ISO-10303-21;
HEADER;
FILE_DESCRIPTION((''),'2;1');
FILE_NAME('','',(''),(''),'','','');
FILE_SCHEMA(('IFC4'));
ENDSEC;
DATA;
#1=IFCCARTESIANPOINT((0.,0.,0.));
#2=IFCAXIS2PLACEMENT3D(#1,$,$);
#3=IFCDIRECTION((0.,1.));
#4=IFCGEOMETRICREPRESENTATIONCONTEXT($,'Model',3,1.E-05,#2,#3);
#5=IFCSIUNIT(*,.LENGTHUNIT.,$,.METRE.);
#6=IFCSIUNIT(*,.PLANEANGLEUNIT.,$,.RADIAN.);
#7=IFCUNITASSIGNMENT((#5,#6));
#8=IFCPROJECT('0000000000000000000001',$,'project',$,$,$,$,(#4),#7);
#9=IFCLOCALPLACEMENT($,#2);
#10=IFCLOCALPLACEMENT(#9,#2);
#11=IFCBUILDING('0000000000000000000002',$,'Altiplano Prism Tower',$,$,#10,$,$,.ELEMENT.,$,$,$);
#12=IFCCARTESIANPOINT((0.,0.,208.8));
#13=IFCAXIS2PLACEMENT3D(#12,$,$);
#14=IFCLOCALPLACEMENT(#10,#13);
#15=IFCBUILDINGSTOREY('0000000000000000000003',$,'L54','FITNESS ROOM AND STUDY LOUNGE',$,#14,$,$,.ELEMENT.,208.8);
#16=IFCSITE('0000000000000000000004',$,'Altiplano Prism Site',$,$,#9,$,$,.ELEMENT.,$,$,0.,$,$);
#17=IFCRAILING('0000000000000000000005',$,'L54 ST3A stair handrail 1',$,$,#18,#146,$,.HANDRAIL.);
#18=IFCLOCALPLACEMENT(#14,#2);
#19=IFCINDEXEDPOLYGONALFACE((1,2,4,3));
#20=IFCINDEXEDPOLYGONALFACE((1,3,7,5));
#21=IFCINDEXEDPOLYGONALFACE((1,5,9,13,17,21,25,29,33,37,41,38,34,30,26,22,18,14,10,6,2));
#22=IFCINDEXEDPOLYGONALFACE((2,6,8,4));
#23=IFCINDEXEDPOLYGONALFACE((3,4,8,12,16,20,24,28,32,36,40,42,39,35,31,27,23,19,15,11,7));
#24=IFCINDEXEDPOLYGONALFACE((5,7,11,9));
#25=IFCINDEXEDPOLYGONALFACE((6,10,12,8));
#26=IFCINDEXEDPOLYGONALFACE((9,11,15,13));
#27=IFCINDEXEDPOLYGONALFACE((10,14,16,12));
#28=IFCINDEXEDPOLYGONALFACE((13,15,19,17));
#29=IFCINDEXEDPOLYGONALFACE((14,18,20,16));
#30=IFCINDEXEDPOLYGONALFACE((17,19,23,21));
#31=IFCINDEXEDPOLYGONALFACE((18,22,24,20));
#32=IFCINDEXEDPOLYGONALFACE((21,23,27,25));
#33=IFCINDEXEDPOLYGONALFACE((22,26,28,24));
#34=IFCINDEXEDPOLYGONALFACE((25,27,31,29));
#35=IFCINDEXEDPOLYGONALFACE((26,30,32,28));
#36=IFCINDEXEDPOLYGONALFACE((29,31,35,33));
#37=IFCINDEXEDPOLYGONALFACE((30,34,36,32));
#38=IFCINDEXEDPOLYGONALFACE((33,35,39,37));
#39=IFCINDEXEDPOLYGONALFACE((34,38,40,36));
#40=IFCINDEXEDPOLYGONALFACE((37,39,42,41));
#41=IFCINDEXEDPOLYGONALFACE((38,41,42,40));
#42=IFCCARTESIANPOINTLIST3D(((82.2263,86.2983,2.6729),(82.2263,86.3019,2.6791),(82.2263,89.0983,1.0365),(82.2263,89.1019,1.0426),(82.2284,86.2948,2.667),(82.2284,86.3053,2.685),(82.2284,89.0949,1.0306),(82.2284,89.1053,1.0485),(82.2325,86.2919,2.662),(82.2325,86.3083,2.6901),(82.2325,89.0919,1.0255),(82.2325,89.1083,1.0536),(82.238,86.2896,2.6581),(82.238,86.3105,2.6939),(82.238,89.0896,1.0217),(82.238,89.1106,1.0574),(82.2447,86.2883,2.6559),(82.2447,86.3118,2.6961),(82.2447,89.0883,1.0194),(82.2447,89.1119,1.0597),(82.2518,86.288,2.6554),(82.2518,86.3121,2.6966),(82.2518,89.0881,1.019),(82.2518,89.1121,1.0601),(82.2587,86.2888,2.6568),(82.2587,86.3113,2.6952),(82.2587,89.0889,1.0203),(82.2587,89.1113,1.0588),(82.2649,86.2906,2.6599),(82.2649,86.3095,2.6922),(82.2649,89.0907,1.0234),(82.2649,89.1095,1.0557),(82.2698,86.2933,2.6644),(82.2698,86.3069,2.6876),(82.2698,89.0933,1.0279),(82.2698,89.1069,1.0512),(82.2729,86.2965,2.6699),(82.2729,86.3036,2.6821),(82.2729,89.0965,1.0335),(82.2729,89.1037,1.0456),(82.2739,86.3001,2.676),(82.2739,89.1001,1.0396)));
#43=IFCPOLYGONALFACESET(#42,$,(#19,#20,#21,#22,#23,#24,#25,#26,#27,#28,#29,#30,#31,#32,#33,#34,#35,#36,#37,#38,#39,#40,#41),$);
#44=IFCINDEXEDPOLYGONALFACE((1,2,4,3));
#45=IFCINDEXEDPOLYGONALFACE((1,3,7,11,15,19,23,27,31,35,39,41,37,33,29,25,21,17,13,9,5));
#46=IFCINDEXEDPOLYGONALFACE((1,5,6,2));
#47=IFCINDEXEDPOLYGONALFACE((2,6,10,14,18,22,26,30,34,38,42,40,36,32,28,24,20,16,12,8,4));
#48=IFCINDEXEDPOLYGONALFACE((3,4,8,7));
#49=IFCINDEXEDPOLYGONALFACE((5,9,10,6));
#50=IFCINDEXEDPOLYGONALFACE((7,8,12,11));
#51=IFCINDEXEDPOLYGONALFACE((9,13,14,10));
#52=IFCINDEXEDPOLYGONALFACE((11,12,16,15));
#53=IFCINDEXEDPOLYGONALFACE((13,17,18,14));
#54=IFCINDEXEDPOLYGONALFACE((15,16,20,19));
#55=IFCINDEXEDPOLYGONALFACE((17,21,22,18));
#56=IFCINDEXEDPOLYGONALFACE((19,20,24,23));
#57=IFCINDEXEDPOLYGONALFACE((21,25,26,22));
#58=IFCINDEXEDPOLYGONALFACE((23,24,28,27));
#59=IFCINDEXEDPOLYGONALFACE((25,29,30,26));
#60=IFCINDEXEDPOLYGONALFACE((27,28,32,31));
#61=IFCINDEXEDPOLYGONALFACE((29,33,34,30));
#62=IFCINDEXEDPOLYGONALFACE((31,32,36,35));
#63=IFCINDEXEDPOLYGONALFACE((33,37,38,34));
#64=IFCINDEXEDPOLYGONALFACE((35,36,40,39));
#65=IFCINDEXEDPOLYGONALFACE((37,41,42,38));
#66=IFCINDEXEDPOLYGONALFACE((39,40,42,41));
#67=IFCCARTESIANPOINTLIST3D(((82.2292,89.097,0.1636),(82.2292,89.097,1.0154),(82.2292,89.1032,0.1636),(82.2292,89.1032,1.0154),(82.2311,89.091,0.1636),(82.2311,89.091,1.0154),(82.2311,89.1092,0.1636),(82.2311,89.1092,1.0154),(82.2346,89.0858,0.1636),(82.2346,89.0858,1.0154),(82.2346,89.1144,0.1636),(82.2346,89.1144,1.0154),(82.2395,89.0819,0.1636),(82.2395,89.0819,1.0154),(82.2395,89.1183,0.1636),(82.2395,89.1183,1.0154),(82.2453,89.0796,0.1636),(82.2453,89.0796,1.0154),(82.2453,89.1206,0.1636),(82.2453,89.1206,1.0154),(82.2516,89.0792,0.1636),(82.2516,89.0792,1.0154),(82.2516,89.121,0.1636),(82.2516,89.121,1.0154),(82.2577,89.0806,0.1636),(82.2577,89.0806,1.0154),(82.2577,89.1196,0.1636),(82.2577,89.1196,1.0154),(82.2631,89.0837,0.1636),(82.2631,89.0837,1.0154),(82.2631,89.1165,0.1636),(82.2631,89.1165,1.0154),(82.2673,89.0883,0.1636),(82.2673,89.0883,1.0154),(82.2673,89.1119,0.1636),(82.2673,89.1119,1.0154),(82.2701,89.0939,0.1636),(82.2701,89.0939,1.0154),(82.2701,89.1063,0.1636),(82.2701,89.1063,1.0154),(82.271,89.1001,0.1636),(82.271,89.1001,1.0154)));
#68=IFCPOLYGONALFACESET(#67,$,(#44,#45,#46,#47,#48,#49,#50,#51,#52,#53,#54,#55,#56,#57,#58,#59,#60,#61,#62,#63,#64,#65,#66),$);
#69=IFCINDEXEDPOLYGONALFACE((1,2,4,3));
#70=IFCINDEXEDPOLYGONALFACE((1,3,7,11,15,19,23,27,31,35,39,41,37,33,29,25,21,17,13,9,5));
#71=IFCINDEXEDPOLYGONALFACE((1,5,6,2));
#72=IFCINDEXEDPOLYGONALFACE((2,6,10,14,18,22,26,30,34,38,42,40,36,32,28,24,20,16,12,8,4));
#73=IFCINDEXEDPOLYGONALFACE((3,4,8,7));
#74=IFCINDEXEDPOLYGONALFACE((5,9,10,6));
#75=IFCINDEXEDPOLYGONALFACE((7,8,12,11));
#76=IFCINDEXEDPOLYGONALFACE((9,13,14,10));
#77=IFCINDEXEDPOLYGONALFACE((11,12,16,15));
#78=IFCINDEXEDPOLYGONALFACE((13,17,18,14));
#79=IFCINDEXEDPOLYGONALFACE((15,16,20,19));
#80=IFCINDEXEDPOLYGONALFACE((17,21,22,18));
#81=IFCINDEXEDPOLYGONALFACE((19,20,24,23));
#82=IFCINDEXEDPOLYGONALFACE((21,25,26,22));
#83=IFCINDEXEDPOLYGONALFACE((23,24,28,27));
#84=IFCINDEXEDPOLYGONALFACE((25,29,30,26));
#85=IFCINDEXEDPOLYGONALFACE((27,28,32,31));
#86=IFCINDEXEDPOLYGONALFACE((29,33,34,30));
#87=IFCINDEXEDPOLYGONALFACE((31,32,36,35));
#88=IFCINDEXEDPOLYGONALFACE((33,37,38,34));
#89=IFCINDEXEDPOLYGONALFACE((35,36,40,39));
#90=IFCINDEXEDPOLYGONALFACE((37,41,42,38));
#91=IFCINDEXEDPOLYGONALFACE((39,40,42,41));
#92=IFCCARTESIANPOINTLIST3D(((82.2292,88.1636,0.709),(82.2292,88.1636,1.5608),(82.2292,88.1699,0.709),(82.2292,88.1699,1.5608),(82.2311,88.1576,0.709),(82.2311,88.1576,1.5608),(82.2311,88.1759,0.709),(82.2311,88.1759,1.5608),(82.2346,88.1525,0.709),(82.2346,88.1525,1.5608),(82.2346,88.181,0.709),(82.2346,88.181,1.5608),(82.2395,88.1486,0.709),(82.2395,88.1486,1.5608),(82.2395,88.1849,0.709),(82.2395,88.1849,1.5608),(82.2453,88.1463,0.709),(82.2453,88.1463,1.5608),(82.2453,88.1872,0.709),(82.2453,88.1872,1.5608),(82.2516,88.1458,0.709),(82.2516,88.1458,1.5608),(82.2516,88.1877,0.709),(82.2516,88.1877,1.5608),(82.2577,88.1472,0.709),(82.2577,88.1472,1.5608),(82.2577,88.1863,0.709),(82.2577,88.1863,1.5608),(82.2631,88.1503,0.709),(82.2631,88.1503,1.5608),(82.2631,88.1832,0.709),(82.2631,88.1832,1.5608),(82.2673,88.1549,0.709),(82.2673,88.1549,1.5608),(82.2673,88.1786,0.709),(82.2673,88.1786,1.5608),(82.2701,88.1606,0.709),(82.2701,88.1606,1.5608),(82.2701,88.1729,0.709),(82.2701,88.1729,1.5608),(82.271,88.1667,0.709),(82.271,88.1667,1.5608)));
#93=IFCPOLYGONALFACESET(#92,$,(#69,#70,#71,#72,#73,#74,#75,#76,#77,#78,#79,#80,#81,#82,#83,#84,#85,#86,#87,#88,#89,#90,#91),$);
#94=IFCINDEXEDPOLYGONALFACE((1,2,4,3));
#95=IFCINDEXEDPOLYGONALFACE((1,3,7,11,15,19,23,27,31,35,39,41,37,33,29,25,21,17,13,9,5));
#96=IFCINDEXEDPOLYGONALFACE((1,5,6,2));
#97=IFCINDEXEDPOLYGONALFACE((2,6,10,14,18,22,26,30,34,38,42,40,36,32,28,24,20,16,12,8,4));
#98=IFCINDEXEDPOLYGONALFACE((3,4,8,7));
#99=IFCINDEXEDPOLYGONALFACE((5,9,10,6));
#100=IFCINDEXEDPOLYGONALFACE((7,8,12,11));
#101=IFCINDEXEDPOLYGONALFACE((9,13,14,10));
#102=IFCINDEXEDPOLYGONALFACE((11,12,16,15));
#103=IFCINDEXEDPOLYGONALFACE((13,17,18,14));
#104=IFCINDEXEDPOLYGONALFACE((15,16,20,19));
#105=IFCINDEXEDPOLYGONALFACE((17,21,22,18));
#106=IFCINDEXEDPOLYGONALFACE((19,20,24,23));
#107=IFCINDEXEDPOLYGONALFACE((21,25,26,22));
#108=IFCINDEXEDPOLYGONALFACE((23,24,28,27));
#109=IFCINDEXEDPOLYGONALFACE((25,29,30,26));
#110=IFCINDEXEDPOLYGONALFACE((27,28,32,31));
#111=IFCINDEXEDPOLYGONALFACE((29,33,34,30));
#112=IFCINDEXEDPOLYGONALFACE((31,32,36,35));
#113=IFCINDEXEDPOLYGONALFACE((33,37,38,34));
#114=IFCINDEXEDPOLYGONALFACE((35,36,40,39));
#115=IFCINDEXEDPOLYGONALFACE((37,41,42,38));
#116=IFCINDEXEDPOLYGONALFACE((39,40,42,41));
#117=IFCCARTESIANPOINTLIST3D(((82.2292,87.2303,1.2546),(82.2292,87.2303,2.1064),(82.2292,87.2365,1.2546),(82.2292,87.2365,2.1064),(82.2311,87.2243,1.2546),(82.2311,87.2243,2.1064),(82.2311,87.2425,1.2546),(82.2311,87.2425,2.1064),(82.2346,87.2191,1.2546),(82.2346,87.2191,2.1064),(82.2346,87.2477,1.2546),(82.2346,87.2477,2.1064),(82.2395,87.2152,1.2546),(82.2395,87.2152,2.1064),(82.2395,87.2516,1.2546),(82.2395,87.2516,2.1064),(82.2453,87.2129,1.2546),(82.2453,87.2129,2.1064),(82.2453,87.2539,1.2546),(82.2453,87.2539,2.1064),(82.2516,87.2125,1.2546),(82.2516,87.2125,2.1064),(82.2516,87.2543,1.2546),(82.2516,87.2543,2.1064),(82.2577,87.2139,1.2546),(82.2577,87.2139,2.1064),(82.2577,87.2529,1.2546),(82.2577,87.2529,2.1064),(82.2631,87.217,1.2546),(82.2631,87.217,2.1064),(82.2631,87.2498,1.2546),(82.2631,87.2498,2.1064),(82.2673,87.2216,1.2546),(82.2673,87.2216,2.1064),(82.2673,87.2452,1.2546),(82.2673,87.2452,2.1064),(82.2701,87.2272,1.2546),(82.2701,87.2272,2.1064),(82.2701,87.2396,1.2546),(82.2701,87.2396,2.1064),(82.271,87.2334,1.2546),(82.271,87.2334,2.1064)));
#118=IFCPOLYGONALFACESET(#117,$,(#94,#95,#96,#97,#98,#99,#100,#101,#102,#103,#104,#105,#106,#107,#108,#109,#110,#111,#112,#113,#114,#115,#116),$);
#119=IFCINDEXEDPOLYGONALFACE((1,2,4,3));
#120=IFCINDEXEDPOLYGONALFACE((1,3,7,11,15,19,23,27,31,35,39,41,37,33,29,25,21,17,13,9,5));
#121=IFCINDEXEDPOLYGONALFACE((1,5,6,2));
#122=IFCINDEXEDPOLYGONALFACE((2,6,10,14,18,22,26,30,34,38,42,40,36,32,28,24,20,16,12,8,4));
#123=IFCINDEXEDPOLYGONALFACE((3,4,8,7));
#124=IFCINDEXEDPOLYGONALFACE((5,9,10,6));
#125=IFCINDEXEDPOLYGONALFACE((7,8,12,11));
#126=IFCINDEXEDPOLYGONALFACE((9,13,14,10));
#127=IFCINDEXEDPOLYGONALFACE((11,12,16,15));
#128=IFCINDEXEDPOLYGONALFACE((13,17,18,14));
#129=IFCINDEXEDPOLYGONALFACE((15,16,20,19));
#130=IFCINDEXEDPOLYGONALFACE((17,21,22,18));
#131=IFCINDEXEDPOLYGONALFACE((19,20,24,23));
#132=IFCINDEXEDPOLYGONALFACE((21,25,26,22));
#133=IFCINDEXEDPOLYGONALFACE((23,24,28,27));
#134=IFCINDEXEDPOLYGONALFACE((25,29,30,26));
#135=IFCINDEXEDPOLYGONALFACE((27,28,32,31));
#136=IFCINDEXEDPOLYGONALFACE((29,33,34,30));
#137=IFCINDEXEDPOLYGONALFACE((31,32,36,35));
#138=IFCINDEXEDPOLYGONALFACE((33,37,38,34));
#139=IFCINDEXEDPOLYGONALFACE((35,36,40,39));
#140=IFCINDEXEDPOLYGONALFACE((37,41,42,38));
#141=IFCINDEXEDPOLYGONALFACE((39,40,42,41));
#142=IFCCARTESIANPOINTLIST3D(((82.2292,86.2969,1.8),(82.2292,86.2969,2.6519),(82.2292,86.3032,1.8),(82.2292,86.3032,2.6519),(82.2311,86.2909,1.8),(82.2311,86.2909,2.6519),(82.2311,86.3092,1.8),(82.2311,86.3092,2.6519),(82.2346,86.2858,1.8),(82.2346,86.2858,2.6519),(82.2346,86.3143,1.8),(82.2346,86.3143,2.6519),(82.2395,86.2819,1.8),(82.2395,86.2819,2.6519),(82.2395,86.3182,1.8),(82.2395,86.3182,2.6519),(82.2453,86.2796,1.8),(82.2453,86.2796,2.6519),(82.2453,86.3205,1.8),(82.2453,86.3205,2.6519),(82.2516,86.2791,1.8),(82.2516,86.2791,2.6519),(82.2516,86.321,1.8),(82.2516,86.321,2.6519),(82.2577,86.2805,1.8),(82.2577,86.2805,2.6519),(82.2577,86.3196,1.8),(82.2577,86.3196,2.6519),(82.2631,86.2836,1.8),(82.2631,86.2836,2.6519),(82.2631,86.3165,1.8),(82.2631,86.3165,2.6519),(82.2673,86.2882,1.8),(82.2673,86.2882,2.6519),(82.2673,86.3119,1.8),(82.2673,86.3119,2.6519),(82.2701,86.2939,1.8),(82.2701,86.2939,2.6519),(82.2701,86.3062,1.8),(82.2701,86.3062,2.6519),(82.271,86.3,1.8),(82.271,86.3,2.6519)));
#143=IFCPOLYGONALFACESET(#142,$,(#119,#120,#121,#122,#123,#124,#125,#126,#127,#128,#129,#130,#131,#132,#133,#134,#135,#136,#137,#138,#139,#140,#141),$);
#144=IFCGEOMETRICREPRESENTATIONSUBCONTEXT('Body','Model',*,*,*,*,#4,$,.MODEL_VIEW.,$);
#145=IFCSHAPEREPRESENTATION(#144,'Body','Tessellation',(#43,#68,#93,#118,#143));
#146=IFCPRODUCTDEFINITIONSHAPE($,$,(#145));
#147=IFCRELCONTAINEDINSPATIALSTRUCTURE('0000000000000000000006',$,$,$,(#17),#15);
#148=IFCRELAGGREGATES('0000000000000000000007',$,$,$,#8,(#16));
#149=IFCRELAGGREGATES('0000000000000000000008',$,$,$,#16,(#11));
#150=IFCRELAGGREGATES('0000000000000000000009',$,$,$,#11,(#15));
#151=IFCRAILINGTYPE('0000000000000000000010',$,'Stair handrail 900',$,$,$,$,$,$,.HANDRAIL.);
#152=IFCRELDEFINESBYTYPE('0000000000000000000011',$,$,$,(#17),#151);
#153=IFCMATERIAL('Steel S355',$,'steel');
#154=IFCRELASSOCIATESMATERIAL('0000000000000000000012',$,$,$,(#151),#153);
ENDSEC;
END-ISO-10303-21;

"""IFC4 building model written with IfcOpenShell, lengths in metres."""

from ifc_helpers import new_model, si_unit, direction, frame, origin, origin_2d, place, context, subcontext, project, spatial, circle, extrude, material, type_object, element, save


model = new_model("IFC4")

# Units and contexts
model_context = context("Model", 3, precision=1e-05, world=origin(), true_north=direction((0.0, 1.0)))
body_context = subcontext(model_context, "Body", "Model", "MODEL_VIEW")
ifc_project = project(units=[si_unit("LENGTHUNIT", "METRE"), si_unit("PLANEANGLEUNIT", "RADIAN")], contexts=[model_context])

# Site, building, storey
site_placement = place(None, origin())
site = spatial("IfcSite", under=ifc_project, at=site_placement, Name="Altiplano Prism Site", CompositionType="ELEMENT", RefElevation=0.0)
building_placement = place(site_placement, origin())
building = spatial("IfcBuilding", under=site, at=building_placement, Name="Altiplano Prism Tower", CompositionType="ELEMENT")
storey_placement = place(building_placement, frame((0.0, 0.0, 208.8)))
storey = spatial("IfcBuildingStorey", under=building, at=storey_placement, Name="L54", Description="FITNESS ROOM AND STUDY LOUNGE", CompositionType="ELEMENT", Elevation=208.8)

# Railing
ifc_material_1 = material(Name="Steel S355", Category="steel")
railing_type_1 = type_object("IfcRailingType", Name="Stair handrail 900", PredefinedType="HANDRAIL", material=ifc_material_1)
railing_1_placement = place(storey_placement, frame((82.25, 89.1001, 0.1636)))
element("IfcRailing", 1, at=railing_1_placement, inside=storey, type_object=railing_type_1, Name="L54 ST3A stair handrail 1", PredefinedType="HANDRAIL", context=body_context, shape_type="SweptSolid", body=[
    extrude(circle(Radius=0.0239, at=origin_2d()), frame((0.0, 0.0, 0.876), z_axis=(0.0, -0.863361, 0.504587), x_axis=(1.0, 0.0, 0.0)), (0.0, 0.0, 1.0), 3.2432),
    extrude(circle(Radius=0.021, at=origin_2d()), origin(), (0.0, 0.0, 1.0), 0.8518),
    extrude(circle(Radius=0.021, at=origin_2d()), frame((0.0, -0.9333, 0.5454)), (0.0, 0.0, 1.0), 0.8518),
    extrude(circle(Radius=0.021, at=origin_2d()), frame((0.0, -1.8667, 1.0911)), (0.0, 0.0, 1.0), 0.8518),
    extrude(circle(Radius=0.021, at=origin_2d()), frame((0.0, -2.8, 1.6365)), (0.0, 0.0, 1.0), 0.8518),
])

save(model, "model.ifc")
